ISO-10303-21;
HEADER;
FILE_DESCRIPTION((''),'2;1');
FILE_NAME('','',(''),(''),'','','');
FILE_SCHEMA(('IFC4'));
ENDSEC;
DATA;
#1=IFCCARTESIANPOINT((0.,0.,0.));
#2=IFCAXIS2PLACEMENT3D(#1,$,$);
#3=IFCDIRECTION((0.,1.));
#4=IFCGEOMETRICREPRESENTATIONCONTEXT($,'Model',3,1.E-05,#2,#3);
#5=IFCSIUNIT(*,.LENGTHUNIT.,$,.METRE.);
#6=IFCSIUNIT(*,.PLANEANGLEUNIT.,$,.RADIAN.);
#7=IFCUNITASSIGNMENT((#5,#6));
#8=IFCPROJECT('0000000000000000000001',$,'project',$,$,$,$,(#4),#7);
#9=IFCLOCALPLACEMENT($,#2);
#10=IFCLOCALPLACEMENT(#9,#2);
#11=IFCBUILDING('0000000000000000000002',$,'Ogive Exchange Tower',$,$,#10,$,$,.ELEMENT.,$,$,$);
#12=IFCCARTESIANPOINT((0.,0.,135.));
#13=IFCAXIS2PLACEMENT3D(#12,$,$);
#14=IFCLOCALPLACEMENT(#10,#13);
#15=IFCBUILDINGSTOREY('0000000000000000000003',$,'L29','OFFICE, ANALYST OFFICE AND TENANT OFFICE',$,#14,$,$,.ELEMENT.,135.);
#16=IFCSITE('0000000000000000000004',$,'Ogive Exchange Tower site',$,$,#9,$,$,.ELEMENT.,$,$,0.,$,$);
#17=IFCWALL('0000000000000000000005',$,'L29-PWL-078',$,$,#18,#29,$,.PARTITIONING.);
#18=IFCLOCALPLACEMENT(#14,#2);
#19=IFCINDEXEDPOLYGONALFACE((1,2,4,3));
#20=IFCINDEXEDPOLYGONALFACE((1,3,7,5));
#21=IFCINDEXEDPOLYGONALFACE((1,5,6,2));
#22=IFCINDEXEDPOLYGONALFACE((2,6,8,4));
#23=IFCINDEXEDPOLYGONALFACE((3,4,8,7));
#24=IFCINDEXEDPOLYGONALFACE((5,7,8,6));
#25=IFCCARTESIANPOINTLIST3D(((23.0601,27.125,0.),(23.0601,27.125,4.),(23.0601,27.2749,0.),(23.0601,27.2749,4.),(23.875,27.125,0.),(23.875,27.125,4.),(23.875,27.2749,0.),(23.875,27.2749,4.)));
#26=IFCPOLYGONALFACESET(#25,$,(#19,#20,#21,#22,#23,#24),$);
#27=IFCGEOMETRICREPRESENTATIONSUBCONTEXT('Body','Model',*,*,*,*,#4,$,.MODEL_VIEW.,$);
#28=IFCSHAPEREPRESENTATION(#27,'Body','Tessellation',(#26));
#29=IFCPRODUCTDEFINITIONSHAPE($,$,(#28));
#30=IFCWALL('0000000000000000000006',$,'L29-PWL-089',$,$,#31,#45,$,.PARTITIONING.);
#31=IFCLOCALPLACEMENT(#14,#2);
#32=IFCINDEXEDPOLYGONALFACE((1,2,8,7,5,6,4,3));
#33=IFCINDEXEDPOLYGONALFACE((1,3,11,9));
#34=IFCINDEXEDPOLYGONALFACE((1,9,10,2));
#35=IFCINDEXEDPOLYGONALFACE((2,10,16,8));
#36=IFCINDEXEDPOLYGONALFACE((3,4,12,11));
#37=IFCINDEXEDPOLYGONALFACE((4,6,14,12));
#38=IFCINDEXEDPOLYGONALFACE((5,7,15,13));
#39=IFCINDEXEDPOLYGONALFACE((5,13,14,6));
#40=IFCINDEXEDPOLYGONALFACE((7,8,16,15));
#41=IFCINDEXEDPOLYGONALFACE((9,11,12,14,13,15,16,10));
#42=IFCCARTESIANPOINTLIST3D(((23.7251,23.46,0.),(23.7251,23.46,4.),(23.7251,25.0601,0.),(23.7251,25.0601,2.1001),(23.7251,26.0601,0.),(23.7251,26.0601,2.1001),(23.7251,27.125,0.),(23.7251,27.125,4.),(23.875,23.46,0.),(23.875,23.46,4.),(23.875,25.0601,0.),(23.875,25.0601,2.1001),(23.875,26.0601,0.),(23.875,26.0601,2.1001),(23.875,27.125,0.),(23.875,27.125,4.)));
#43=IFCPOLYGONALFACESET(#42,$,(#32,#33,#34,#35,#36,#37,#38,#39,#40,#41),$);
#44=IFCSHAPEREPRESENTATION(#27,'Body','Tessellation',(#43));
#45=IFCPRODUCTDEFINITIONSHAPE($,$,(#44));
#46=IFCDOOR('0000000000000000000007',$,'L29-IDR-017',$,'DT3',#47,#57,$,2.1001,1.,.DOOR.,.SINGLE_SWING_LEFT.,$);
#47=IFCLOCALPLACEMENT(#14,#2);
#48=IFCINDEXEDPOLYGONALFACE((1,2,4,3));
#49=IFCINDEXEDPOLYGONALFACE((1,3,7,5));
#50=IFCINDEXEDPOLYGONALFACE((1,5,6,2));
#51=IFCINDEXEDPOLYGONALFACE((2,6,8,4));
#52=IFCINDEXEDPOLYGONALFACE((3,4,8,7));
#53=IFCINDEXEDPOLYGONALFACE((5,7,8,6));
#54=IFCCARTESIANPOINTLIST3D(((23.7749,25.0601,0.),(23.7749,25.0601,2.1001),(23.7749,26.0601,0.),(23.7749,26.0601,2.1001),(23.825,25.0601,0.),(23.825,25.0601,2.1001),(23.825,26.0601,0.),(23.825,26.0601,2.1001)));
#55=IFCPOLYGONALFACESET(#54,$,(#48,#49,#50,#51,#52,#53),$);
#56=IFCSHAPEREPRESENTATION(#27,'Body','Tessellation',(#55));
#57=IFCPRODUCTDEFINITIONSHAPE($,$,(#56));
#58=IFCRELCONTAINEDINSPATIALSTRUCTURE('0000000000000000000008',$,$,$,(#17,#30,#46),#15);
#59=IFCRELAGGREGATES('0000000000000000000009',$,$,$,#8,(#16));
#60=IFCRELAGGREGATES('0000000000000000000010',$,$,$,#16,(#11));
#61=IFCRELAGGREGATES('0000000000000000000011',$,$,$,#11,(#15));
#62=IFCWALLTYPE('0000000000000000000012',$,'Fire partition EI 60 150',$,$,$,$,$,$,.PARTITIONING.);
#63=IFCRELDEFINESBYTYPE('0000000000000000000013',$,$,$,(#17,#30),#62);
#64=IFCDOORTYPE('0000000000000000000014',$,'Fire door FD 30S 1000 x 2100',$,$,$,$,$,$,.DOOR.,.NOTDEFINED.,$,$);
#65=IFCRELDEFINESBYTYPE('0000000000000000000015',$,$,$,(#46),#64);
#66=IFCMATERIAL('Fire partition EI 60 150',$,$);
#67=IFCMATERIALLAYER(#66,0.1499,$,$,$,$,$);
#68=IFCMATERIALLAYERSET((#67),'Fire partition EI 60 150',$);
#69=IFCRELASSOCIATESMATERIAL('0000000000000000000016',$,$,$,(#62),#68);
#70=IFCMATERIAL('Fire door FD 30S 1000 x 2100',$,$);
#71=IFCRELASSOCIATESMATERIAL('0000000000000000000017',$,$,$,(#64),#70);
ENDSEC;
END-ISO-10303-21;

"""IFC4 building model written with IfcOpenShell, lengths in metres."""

from ifc_helpers import new_model, si_unit, direction, frame, frame_2d, origin, place, context, subcontext, project, spatial, rectangle, extrude, material, layer, layer_set, type_object, element, fill, save


model = new_model("IFC4")

# Units and contexts
model_context = context("Model", 3, precision=1e-05, world=origin(), true_north=direction((0.0, 1.0)))
body_context = subcontext(model_context, "Body", "Model", "MODEL_VIEW")
ifc_project = project(units=[si_unit("LENGTHUNIT", "METRE"), si_unit("PLANEANGLEUNIT", "RADIAN")], contexts=[model_context])

# Site, building, storey
site_placement = place(None, origin())
site = spatial("IfcSite", under=ifc_project, at=site_placement, Name="Ogive Exchange Tower site", CompositionType="ELEMENT", RefElevation=0.0)
building_placement = place(site_placement, origin())
building = spatial("IfcBuilding", under=site, at=building_placement, Name="Ogive Exchange Tower", CompositionType="ELEMENT")
storey_placement = place(building_placement, frame((0.0, 0.0, 135.0)))
storey = spatial("IfcBuildingStorey", under=building, at=storey_placement, Name="L29", Description="OFFICE, ANALYST OFFICE AND TENANT OFFICE", CompositionType="ELEMENT", Elevation=135.0)

# Wall
ifc_material_1 = material(Name="Fire partition EI 60 150")
ifc_layer_1 = layer(ifc_material_1, 0.1499)
ifc_layer_set_1 = layer_set([ifc_layer_1], Name="Fire partition EI 60 150")
wall_type_1 = type_object("IfcWallType", Name="Fire partition EI 60 150", PredefinedType="PARTITIONING", material=ifc_layer_set_1)
wall_1_placement = place(storey_placement, frame((23.0601, 27.2, 0.0), z_axis=(0.0, 0.0, 1.0), x_axis=(1.0, 0.0, 0.0)))
element("IfcWall", 1, at=wall_1_placement, inside=storey, type_object=wall_type_1, Name="L29-PWL-078", PredefinedType="PARTITIONING", context=body_context, shape_type="SweptSolid", body=[
    extrude(rectangle(XDim=0.8149, YDim=0.1499, at=frame_2d((0.4075, 0.0))), origin(), (0.0, 0.0, 1.0), 4.0),
])

# Wall, opening, door
wall_2_placement = place(storey_placement, frame((23.8, 27.125, 0.0), z_axis=(0.0, 0.0, 1.0), x_axis=(0.0, -1.0, 0.0)))
wall_2 = element("IfcWall", 2, at=wall_2_placement, inside=storey, type_object=wall_type_1, Name="L29-PWL-089", PredefinedType="PARTITIONING", context=body_context, shape_type="SweptSolid", body=[
    extrude(rectangle(XDim=3.665, YDim=0.1499, at=frame_2d((1.8325, 0.0))), origin(), (0.0, 0.0, 1.0), 4.0),
])
opening_1_placement = place(wall_2_placement, frame((1.0649, 0.0, 0.0)))
opening_1 = element("IfcOpeningElement", 3, at=opening_1_placement, cuts=wall_2, PredefinedType="OPENING", context=body_context, shape_type="SweptSolid", body=[
    extrude(rectangle(XDim=1.0, YDim=2.1001, at=frame_2d((0.5, 1.05))), frame((0.0, 0.085, 0.0), z_axis=(0.0, -1.0, 0.0), x_axis=(1.0, 0.0, 0.0)), (0.0, 0.0, 1.0), 0.1699),
])
ifc_material_2 = material(Name="Fire door FD 30S 1000 x 2100")
door_type_1 = type_object("IfcDoorType", Name="Fire door FD 30S 1000 x 2100", OperationType="NOTDEFINED", PredefinedType="DOOR", material=ifc_material_2)
door_1_placement = place(opening_1_placement, origin())
door_1 = element("IfcDoor", 4, at=door_1_placement, inside=storey, type_object=door_type_1, Name="L29-IDR-017", ObjectType="DT3", OperationType="SINGLE_SWING_LEFT", OverallHeight=2.1001, OverallWidth=1.0, PredefinedType="DOOR", context=body_context, shape_type="SweptSolid", body=[
    extrude(rectangle(XDim=1.0, YDim=2.1001, at=frame_2d((0.5, 1.05))), frame((0.0, 0.0249, 0.0), z_axis=(0.0, -1.0, 0.0), x_axis=(1.0, 0.0, 0.0)), (0.0, 0.0, 1.0), 0.05),
])
fill(opening_1, door_1)

save(model, "model.ifc")
